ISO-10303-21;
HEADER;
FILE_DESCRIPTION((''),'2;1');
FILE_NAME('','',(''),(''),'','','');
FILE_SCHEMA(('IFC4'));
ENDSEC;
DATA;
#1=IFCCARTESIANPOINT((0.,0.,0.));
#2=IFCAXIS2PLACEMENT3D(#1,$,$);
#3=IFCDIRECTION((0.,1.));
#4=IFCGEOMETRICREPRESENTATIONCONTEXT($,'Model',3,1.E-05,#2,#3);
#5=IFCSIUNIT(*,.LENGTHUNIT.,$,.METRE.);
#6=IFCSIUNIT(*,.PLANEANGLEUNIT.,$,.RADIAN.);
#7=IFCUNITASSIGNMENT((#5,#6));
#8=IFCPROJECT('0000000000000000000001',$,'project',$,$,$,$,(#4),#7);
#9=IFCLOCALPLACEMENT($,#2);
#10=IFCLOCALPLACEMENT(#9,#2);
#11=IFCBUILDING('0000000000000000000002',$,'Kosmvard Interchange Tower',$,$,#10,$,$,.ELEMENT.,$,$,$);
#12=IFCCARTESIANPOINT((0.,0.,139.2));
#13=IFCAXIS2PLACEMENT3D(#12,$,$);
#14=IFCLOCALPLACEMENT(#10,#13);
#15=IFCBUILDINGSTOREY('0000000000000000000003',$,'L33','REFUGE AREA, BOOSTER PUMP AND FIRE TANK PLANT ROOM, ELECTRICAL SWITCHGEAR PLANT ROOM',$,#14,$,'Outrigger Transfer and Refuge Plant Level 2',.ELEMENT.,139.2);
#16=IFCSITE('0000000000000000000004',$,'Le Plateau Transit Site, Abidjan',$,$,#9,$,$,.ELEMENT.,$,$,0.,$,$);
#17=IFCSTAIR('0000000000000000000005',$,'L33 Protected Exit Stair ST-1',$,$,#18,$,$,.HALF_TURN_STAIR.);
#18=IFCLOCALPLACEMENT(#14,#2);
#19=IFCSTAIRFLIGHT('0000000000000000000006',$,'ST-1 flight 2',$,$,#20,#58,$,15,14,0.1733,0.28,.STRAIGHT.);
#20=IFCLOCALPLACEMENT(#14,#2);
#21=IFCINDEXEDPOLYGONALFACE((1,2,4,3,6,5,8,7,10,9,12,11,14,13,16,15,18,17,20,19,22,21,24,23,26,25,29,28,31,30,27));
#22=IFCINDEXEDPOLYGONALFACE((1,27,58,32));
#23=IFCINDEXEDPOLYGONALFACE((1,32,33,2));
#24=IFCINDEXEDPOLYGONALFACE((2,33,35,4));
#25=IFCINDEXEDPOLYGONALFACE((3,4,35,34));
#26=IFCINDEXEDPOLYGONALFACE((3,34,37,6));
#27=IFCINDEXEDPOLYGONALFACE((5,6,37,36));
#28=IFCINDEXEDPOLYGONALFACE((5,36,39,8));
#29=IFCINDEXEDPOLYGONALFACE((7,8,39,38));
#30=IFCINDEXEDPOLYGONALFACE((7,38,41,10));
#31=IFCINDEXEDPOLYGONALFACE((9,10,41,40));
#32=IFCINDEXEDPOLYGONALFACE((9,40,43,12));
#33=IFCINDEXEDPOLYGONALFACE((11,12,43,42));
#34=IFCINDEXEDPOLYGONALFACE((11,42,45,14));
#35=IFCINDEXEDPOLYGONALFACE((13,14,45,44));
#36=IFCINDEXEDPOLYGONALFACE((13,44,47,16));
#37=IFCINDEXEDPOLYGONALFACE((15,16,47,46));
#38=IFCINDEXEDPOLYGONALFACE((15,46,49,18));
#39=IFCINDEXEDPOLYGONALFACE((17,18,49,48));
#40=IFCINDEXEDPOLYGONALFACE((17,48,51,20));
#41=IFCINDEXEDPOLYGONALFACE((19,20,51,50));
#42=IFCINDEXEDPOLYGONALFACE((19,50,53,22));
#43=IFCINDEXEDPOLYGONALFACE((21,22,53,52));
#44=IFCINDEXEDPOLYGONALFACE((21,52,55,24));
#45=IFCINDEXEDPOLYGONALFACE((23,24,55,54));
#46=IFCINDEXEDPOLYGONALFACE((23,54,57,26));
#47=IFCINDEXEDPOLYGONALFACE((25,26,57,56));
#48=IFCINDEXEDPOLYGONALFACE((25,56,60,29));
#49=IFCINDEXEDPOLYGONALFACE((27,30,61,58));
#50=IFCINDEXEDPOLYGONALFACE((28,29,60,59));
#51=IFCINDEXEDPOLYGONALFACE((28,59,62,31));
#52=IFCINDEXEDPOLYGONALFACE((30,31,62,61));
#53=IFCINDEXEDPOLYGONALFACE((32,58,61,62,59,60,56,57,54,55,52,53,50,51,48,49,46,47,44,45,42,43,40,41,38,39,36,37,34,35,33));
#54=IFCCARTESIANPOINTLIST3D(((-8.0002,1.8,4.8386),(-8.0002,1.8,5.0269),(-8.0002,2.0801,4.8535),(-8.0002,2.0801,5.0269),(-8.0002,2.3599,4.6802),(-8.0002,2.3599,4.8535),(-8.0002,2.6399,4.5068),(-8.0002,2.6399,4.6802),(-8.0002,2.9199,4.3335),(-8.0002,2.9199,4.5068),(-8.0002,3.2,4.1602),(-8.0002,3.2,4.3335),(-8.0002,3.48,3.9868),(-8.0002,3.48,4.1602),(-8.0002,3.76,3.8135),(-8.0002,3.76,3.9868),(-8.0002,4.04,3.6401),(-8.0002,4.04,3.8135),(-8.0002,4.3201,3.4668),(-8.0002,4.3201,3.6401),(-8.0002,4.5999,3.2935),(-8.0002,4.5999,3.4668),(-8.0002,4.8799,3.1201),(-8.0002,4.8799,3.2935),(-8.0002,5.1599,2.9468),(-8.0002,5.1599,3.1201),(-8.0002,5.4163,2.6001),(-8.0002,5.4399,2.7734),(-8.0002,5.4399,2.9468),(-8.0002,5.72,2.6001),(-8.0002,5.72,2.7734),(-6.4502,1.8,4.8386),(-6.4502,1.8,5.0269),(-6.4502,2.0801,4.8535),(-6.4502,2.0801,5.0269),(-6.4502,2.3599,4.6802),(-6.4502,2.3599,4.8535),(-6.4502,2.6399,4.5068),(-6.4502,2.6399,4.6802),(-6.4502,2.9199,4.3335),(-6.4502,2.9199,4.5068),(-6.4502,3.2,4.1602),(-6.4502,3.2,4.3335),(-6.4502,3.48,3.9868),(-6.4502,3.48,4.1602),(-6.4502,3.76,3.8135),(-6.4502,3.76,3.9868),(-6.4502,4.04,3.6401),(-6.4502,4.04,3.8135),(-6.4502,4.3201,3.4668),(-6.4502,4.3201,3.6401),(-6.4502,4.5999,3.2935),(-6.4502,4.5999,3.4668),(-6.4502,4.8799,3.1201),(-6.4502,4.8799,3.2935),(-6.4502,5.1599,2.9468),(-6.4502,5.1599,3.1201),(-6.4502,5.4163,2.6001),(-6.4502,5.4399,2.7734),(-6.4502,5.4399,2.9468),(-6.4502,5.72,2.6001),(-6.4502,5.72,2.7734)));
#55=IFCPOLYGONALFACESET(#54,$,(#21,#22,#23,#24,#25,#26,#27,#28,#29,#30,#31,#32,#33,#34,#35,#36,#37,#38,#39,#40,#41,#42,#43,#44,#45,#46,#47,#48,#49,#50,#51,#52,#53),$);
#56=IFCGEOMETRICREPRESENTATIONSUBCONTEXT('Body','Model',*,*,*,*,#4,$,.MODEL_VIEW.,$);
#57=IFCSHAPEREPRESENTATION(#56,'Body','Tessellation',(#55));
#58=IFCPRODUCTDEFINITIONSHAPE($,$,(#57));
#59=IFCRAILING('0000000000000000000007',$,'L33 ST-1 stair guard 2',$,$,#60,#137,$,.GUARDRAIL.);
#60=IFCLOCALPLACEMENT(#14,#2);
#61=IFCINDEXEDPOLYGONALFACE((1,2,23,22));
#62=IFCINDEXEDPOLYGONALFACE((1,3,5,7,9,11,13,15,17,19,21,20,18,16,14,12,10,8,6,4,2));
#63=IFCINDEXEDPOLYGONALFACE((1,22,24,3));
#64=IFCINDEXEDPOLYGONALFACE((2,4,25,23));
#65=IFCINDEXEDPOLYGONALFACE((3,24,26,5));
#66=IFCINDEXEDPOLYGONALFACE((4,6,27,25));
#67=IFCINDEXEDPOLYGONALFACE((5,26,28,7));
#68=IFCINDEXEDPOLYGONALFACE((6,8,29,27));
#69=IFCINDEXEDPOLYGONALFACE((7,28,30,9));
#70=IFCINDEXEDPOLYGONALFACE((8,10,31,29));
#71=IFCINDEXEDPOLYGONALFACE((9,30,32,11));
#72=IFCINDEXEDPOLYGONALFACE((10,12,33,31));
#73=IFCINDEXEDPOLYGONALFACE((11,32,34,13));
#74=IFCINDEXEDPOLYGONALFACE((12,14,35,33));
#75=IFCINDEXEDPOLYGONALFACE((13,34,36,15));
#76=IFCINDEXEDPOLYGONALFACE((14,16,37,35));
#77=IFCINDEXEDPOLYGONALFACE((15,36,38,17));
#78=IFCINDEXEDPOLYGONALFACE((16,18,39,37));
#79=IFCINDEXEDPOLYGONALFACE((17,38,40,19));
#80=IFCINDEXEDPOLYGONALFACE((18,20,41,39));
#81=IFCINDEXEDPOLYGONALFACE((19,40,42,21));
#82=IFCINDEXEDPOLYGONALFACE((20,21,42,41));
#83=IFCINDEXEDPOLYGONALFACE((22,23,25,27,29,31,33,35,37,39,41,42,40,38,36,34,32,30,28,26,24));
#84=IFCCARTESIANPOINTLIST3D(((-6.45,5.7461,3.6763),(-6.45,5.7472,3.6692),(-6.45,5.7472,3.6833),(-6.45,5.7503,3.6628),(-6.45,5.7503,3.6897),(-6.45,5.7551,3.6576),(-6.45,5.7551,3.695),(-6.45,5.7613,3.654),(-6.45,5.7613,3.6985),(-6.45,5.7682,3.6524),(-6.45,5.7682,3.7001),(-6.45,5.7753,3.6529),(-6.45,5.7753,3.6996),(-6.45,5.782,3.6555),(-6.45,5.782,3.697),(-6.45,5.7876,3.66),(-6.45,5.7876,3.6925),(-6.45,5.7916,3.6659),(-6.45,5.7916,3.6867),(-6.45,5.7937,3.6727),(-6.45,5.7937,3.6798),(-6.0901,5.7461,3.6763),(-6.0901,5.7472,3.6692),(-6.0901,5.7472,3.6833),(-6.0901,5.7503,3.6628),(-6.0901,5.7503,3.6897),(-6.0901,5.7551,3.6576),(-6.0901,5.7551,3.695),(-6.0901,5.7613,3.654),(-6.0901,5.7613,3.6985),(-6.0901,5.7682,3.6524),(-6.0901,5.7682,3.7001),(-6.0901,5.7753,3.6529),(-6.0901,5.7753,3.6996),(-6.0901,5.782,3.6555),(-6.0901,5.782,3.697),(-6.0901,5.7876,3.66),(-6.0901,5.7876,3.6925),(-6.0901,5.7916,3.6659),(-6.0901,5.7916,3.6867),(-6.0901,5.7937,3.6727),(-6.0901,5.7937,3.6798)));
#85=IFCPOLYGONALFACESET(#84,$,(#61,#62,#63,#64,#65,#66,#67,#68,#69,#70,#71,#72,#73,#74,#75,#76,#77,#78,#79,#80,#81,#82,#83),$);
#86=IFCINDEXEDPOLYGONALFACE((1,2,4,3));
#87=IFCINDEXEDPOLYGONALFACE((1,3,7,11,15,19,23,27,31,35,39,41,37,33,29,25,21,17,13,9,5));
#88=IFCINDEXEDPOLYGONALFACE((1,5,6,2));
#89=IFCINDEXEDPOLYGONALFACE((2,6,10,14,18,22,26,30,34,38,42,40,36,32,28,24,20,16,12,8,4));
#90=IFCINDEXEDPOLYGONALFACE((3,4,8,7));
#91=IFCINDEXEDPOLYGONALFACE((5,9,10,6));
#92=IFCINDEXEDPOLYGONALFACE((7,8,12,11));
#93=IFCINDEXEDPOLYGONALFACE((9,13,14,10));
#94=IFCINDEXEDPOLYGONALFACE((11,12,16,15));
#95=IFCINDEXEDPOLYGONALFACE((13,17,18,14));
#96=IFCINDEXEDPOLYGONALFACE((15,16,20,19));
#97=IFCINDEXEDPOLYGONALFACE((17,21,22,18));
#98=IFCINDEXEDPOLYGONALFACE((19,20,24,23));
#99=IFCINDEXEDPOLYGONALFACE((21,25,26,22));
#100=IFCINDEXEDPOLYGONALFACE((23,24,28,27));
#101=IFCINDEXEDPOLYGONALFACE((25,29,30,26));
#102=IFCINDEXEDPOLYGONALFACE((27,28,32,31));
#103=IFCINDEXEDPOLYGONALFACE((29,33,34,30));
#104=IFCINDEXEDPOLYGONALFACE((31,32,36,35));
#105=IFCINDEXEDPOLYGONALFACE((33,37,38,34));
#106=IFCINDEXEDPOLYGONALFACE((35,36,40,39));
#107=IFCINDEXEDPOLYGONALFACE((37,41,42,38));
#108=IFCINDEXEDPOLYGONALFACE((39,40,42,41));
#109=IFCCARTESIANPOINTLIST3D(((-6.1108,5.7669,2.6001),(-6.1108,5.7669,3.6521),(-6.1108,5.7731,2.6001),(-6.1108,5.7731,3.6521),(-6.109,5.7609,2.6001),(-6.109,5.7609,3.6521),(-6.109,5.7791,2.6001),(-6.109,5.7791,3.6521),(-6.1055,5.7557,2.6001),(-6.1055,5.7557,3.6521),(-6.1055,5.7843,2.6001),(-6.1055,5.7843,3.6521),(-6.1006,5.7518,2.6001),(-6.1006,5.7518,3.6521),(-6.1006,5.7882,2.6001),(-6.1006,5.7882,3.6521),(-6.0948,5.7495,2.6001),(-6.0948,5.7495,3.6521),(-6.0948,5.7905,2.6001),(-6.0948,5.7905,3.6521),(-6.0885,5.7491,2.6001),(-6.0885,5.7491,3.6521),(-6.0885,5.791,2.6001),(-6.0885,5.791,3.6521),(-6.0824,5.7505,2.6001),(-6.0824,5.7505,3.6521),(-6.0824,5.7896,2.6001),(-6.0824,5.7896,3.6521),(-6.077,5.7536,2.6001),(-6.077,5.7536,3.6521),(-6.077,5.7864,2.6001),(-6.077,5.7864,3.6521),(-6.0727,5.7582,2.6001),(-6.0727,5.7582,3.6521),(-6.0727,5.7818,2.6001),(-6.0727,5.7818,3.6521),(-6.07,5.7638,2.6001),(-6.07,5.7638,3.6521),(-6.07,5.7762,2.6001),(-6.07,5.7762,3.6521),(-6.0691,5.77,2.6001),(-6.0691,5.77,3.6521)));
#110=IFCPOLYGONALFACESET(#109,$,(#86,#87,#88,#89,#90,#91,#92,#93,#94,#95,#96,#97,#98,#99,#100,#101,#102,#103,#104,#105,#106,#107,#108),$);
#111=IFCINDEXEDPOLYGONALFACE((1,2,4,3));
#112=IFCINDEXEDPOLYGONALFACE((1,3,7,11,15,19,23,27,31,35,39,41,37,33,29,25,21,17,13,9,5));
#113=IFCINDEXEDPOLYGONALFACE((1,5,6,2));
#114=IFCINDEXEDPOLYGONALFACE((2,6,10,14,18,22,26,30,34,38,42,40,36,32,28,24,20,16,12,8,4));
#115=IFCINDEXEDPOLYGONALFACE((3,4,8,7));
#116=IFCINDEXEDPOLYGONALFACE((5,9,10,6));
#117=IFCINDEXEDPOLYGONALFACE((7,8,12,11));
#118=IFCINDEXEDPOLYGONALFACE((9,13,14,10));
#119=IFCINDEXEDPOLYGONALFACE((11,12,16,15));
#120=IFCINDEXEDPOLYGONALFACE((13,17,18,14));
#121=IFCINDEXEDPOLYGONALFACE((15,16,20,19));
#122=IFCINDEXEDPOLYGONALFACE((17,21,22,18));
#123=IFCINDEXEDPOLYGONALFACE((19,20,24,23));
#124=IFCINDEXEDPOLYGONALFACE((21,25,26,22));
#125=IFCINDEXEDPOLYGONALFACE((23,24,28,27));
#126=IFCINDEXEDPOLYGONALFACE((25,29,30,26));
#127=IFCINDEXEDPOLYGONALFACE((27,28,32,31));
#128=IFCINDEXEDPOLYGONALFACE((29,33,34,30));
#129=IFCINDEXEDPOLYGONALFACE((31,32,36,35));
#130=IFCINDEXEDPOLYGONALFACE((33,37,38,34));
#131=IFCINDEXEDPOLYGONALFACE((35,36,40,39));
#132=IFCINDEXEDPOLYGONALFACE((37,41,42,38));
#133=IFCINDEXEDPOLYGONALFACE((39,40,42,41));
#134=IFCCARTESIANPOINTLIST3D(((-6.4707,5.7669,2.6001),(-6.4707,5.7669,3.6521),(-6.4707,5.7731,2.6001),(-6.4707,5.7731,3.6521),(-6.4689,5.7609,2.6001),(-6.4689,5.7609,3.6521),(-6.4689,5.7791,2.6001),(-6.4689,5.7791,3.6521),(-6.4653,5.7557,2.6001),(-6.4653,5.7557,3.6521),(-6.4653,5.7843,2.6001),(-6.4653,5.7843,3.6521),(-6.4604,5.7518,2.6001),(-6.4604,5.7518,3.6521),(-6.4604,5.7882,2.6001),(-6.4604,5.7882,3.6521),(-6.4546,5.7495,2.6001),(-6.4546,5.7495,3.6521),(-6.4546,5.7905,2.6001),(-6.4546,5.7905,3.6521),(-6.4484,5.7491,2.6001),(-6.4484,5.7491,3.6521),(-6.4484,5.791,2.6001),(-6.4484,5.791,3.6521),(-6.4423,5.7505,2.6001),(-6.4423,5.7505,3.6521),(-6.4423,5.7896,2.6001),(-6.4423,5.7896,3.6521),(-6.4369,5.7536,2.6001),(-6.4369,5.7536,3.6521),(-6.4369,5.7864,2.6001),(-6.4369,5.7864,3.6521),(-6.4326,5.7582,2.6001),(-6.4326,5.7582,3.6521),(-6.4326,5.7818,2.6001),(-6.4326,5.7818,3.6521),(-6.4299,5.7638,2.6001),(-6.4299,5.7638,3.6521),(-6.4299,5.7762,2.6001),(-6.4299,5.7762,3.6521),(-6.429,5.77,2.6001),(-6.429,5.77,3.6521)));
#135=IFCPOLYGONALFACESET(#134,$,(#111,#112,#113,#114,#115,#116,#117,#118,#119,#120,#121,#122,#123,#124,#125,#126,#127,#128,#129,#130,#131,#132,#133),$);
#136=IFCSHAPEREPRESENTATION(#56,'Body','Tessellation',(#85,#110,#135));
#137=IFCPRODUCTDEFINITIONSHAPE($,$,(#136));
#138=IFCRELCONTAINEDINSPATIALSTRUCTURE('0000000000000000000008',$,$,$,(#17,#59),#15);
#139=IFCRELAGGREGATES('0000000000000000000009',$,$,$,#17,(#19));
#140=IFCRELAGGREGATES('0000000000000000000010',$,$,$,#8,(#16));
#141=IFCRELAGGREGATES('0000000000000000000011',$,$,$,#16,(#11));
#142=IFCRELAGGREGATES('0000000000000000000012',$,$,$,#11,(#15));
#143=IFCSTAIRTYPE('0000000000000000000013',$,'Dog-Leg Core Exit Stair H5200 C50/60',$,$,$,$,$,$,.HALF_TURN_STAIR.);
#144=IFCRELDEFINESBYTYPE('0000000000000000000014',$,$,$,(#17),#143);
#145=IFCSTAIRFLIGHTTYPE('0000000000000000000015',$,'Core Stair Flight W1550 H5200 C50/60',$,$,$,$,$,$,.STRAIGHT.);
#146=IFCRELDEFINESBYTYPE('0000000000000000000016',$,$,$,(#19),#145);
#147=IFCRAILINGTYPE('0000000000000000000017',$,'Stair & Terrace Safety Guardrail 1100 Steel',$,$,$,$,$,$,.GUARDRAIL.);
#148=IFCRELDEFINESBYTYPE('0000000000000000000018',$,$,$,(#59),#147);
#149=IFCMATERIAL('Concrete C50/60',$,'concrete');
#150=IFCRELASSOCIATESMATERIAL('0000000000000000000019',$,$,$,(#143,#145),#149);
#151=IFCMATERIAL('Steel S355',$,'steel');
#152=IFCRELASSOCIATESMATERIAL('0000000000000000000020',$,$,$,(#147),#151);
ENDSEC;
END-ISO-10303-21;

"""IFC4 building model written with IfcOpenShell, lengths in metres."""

from ifc_helpers import new_model, si_unit, direction, frame, origin, origin_2d, place, context, subcontext, project, spatial, polyline, circle, outline, extrude, source, transform, mapped, material, type_object, element, aggregate, save


model = new_model("IFC4")

# Units and contexts
model_context = context("Model", 3, precision=1e-05, world=origin(), true_north=direction((0.0, 1.0)))
body_context = subcontext(model_context, "Body", "Model", "MODEL_VIEW")
ifc_project = project(units=[si_unit("LENGTHUNIT", "METRE"), si_unit("PLANEANGLEUNIT", "RADIAN")], contexts=[model_context])

# Site, building, storey
site_placement = place(None, origin())
site = spatial("IfcSite", under=ifc_project, at=site_placement, Name="Le Plateau Transit Site, Abidjan", CompositionType="ELEMENT", RefElevation=0.0)
building_placement = place(site_placement, origin())
building = spatial("IfcBuilding", under=site, at=building_placement, Name="Kosmvard Interchange Tower", CompositionType="ELEMENT")
storey_placement = place(building_placement, frame((0.0, 0.0, 139.2)))
storey = spatial("IfcBuildingStorey", under=building, at=storey_placement, Name="L33", Description="REFUGE AREA, BOOSTER PUMP AND FIRE TANK PLANT ROOM, ELECTRICAL SWITCHGEAR PLANT ROOM", LongName="Outrigger Transfer and Refuge Plant Level 2", CompositionType="ELEMENT", Elevation=139.2)

# Stair, stair flight
ifc_material_1 = material(Name="Concrete C50/60", Category="concrete")
stair_type = type_object("IfcStairType", Name="Dog-Leg Core Exit Stair H5200 C50/60", PredefinedType="HALF_TURN_STAIR", material=ifc_material_1)
stair_placement = place(storey_placement, origin())
stair = element("IfcStair", 1, at=stair_placement, inside=storey, type_object=stair_type, Name="L33 Protected Exit Stair ST-1", PredefinedType="HALF_TURN_STAIR")
stair_flight_type = type_object("IfcStairFlightType", Name="Core Stair Flight W1550 H5200 C50/60", PredefinedType="STRAIGHT", material=ifc_material_1)
shared_shape_1 = source(origin(), body_context, "Body", "SweptSolid", [
    extrude(outline(polyline([(0.0, 0.0), (0.0, 0.1733), (0.28, 0.1733), (0.28, 0.3467), (0.5601, 0.3467), (0.5601, 0.52), (0.8401, 0.52), (0.8401, 0.6934), (1.1201, 0.6934), (1.1201, 0.8667), (1.3999, 0.8667), (1.3999, 1.04), (1.6799, 1.04), (1.6799, 1.2134), (1.96, 1.2134), (1.96, 1.3867), (2.24, 1.3867), (2.24, 1.5601), (2.52, 1.5601), (2.52, 1.7334), (2.8, 1.7334), (2.8, 1.9067), (3.0801, 1.9067), (3.0801, 2.0801), (3.3601, 2.0801), (3.3601, 2.2534), (3.6399, 2.2534), (3.6399, 2.4268), (3.9199, 2.4268), (3.9199, 2.6001), (3.9199, 2.2385), (0.3037, 0.0), (0.0, 0.0)])), frame((0.0, 0.7749, 0.0), z_axis=(0.0, -1.0, 0.0), x_axis=(1.0, 0.0, 0.0)), (0.0, 0.0, 1.0), 1.55),
])
stair_flight_placement = place(storey_placement, frame((-7.2251, 5.72, 2.6001), z_axis=(0.0, 0.0, 1.0), x_axis=(0.0, -1.0, 0.0)))
stair_flight = element("IfcStairFlight", 2, at=stair_flight_placement, type_object=stair_flight_type, Name="ST-1 flight 2", NumberOfRisers=15, NumberOfTreads=14, PredefinedType="STRAIGHT", RiserHeight=0.1733, TreadLength=0.28, context=body_context, shape_type="MappedRepresentation", body=[
    mapped(shared_shape_1, transform((0.0, 0.0, 0.0), scale=1.0)),
])
aggregate(stair, [stair_flight])

# Railing
ifc_material_2 = material(Name="Steel S355", Category="steel")
railing_type_1 = type_object("IfcRailingType", Name="Stair & Terrace Safety Guardrail 1100 Steel", PredefinedType="GUARDRAIL", material=ifc_material_2)
shared_shape_2 = source(origin(), body_context, "Body", "SweptSolid", [
    extrude(circle(Radius=0.0239, at=origin_2d()), frame((0.0, 0.0, 1.0762), z_axis=(-1.0, 0.0, 0.0), x_axis=(0.0, -1.0, 0.0)), (0.0, 0.0, 1.0), 0.3599),
    extrude(circle(Radius=0.021, at=origin_2d()), origin(), (0.0, 0.0, 1.0), 1.052),
    extrude(circle(Radius=0.021, at=origin_2d()), frame((-0.3599, 0.0, 0.0)), (0.0, 0.0, 1.0), 1.052),
])
railing_1_placement = place(storey_placement, frame((-6.0901, 5.77, 2.6001)))
element("IfcRailing", 3, at=railing_1_placement, inside=storey, type_object=railing_type_1, Name="L33 ST-1 stair guard 2", PredefinedType="GUARDRAIL", context=body_context, shape_type="MappedRepresentation", body=[
    mapped(shared_shape_2, transform((0.0, 0.0, 0.0), scale=1.0)),
])

save(model, "model.ifc")
